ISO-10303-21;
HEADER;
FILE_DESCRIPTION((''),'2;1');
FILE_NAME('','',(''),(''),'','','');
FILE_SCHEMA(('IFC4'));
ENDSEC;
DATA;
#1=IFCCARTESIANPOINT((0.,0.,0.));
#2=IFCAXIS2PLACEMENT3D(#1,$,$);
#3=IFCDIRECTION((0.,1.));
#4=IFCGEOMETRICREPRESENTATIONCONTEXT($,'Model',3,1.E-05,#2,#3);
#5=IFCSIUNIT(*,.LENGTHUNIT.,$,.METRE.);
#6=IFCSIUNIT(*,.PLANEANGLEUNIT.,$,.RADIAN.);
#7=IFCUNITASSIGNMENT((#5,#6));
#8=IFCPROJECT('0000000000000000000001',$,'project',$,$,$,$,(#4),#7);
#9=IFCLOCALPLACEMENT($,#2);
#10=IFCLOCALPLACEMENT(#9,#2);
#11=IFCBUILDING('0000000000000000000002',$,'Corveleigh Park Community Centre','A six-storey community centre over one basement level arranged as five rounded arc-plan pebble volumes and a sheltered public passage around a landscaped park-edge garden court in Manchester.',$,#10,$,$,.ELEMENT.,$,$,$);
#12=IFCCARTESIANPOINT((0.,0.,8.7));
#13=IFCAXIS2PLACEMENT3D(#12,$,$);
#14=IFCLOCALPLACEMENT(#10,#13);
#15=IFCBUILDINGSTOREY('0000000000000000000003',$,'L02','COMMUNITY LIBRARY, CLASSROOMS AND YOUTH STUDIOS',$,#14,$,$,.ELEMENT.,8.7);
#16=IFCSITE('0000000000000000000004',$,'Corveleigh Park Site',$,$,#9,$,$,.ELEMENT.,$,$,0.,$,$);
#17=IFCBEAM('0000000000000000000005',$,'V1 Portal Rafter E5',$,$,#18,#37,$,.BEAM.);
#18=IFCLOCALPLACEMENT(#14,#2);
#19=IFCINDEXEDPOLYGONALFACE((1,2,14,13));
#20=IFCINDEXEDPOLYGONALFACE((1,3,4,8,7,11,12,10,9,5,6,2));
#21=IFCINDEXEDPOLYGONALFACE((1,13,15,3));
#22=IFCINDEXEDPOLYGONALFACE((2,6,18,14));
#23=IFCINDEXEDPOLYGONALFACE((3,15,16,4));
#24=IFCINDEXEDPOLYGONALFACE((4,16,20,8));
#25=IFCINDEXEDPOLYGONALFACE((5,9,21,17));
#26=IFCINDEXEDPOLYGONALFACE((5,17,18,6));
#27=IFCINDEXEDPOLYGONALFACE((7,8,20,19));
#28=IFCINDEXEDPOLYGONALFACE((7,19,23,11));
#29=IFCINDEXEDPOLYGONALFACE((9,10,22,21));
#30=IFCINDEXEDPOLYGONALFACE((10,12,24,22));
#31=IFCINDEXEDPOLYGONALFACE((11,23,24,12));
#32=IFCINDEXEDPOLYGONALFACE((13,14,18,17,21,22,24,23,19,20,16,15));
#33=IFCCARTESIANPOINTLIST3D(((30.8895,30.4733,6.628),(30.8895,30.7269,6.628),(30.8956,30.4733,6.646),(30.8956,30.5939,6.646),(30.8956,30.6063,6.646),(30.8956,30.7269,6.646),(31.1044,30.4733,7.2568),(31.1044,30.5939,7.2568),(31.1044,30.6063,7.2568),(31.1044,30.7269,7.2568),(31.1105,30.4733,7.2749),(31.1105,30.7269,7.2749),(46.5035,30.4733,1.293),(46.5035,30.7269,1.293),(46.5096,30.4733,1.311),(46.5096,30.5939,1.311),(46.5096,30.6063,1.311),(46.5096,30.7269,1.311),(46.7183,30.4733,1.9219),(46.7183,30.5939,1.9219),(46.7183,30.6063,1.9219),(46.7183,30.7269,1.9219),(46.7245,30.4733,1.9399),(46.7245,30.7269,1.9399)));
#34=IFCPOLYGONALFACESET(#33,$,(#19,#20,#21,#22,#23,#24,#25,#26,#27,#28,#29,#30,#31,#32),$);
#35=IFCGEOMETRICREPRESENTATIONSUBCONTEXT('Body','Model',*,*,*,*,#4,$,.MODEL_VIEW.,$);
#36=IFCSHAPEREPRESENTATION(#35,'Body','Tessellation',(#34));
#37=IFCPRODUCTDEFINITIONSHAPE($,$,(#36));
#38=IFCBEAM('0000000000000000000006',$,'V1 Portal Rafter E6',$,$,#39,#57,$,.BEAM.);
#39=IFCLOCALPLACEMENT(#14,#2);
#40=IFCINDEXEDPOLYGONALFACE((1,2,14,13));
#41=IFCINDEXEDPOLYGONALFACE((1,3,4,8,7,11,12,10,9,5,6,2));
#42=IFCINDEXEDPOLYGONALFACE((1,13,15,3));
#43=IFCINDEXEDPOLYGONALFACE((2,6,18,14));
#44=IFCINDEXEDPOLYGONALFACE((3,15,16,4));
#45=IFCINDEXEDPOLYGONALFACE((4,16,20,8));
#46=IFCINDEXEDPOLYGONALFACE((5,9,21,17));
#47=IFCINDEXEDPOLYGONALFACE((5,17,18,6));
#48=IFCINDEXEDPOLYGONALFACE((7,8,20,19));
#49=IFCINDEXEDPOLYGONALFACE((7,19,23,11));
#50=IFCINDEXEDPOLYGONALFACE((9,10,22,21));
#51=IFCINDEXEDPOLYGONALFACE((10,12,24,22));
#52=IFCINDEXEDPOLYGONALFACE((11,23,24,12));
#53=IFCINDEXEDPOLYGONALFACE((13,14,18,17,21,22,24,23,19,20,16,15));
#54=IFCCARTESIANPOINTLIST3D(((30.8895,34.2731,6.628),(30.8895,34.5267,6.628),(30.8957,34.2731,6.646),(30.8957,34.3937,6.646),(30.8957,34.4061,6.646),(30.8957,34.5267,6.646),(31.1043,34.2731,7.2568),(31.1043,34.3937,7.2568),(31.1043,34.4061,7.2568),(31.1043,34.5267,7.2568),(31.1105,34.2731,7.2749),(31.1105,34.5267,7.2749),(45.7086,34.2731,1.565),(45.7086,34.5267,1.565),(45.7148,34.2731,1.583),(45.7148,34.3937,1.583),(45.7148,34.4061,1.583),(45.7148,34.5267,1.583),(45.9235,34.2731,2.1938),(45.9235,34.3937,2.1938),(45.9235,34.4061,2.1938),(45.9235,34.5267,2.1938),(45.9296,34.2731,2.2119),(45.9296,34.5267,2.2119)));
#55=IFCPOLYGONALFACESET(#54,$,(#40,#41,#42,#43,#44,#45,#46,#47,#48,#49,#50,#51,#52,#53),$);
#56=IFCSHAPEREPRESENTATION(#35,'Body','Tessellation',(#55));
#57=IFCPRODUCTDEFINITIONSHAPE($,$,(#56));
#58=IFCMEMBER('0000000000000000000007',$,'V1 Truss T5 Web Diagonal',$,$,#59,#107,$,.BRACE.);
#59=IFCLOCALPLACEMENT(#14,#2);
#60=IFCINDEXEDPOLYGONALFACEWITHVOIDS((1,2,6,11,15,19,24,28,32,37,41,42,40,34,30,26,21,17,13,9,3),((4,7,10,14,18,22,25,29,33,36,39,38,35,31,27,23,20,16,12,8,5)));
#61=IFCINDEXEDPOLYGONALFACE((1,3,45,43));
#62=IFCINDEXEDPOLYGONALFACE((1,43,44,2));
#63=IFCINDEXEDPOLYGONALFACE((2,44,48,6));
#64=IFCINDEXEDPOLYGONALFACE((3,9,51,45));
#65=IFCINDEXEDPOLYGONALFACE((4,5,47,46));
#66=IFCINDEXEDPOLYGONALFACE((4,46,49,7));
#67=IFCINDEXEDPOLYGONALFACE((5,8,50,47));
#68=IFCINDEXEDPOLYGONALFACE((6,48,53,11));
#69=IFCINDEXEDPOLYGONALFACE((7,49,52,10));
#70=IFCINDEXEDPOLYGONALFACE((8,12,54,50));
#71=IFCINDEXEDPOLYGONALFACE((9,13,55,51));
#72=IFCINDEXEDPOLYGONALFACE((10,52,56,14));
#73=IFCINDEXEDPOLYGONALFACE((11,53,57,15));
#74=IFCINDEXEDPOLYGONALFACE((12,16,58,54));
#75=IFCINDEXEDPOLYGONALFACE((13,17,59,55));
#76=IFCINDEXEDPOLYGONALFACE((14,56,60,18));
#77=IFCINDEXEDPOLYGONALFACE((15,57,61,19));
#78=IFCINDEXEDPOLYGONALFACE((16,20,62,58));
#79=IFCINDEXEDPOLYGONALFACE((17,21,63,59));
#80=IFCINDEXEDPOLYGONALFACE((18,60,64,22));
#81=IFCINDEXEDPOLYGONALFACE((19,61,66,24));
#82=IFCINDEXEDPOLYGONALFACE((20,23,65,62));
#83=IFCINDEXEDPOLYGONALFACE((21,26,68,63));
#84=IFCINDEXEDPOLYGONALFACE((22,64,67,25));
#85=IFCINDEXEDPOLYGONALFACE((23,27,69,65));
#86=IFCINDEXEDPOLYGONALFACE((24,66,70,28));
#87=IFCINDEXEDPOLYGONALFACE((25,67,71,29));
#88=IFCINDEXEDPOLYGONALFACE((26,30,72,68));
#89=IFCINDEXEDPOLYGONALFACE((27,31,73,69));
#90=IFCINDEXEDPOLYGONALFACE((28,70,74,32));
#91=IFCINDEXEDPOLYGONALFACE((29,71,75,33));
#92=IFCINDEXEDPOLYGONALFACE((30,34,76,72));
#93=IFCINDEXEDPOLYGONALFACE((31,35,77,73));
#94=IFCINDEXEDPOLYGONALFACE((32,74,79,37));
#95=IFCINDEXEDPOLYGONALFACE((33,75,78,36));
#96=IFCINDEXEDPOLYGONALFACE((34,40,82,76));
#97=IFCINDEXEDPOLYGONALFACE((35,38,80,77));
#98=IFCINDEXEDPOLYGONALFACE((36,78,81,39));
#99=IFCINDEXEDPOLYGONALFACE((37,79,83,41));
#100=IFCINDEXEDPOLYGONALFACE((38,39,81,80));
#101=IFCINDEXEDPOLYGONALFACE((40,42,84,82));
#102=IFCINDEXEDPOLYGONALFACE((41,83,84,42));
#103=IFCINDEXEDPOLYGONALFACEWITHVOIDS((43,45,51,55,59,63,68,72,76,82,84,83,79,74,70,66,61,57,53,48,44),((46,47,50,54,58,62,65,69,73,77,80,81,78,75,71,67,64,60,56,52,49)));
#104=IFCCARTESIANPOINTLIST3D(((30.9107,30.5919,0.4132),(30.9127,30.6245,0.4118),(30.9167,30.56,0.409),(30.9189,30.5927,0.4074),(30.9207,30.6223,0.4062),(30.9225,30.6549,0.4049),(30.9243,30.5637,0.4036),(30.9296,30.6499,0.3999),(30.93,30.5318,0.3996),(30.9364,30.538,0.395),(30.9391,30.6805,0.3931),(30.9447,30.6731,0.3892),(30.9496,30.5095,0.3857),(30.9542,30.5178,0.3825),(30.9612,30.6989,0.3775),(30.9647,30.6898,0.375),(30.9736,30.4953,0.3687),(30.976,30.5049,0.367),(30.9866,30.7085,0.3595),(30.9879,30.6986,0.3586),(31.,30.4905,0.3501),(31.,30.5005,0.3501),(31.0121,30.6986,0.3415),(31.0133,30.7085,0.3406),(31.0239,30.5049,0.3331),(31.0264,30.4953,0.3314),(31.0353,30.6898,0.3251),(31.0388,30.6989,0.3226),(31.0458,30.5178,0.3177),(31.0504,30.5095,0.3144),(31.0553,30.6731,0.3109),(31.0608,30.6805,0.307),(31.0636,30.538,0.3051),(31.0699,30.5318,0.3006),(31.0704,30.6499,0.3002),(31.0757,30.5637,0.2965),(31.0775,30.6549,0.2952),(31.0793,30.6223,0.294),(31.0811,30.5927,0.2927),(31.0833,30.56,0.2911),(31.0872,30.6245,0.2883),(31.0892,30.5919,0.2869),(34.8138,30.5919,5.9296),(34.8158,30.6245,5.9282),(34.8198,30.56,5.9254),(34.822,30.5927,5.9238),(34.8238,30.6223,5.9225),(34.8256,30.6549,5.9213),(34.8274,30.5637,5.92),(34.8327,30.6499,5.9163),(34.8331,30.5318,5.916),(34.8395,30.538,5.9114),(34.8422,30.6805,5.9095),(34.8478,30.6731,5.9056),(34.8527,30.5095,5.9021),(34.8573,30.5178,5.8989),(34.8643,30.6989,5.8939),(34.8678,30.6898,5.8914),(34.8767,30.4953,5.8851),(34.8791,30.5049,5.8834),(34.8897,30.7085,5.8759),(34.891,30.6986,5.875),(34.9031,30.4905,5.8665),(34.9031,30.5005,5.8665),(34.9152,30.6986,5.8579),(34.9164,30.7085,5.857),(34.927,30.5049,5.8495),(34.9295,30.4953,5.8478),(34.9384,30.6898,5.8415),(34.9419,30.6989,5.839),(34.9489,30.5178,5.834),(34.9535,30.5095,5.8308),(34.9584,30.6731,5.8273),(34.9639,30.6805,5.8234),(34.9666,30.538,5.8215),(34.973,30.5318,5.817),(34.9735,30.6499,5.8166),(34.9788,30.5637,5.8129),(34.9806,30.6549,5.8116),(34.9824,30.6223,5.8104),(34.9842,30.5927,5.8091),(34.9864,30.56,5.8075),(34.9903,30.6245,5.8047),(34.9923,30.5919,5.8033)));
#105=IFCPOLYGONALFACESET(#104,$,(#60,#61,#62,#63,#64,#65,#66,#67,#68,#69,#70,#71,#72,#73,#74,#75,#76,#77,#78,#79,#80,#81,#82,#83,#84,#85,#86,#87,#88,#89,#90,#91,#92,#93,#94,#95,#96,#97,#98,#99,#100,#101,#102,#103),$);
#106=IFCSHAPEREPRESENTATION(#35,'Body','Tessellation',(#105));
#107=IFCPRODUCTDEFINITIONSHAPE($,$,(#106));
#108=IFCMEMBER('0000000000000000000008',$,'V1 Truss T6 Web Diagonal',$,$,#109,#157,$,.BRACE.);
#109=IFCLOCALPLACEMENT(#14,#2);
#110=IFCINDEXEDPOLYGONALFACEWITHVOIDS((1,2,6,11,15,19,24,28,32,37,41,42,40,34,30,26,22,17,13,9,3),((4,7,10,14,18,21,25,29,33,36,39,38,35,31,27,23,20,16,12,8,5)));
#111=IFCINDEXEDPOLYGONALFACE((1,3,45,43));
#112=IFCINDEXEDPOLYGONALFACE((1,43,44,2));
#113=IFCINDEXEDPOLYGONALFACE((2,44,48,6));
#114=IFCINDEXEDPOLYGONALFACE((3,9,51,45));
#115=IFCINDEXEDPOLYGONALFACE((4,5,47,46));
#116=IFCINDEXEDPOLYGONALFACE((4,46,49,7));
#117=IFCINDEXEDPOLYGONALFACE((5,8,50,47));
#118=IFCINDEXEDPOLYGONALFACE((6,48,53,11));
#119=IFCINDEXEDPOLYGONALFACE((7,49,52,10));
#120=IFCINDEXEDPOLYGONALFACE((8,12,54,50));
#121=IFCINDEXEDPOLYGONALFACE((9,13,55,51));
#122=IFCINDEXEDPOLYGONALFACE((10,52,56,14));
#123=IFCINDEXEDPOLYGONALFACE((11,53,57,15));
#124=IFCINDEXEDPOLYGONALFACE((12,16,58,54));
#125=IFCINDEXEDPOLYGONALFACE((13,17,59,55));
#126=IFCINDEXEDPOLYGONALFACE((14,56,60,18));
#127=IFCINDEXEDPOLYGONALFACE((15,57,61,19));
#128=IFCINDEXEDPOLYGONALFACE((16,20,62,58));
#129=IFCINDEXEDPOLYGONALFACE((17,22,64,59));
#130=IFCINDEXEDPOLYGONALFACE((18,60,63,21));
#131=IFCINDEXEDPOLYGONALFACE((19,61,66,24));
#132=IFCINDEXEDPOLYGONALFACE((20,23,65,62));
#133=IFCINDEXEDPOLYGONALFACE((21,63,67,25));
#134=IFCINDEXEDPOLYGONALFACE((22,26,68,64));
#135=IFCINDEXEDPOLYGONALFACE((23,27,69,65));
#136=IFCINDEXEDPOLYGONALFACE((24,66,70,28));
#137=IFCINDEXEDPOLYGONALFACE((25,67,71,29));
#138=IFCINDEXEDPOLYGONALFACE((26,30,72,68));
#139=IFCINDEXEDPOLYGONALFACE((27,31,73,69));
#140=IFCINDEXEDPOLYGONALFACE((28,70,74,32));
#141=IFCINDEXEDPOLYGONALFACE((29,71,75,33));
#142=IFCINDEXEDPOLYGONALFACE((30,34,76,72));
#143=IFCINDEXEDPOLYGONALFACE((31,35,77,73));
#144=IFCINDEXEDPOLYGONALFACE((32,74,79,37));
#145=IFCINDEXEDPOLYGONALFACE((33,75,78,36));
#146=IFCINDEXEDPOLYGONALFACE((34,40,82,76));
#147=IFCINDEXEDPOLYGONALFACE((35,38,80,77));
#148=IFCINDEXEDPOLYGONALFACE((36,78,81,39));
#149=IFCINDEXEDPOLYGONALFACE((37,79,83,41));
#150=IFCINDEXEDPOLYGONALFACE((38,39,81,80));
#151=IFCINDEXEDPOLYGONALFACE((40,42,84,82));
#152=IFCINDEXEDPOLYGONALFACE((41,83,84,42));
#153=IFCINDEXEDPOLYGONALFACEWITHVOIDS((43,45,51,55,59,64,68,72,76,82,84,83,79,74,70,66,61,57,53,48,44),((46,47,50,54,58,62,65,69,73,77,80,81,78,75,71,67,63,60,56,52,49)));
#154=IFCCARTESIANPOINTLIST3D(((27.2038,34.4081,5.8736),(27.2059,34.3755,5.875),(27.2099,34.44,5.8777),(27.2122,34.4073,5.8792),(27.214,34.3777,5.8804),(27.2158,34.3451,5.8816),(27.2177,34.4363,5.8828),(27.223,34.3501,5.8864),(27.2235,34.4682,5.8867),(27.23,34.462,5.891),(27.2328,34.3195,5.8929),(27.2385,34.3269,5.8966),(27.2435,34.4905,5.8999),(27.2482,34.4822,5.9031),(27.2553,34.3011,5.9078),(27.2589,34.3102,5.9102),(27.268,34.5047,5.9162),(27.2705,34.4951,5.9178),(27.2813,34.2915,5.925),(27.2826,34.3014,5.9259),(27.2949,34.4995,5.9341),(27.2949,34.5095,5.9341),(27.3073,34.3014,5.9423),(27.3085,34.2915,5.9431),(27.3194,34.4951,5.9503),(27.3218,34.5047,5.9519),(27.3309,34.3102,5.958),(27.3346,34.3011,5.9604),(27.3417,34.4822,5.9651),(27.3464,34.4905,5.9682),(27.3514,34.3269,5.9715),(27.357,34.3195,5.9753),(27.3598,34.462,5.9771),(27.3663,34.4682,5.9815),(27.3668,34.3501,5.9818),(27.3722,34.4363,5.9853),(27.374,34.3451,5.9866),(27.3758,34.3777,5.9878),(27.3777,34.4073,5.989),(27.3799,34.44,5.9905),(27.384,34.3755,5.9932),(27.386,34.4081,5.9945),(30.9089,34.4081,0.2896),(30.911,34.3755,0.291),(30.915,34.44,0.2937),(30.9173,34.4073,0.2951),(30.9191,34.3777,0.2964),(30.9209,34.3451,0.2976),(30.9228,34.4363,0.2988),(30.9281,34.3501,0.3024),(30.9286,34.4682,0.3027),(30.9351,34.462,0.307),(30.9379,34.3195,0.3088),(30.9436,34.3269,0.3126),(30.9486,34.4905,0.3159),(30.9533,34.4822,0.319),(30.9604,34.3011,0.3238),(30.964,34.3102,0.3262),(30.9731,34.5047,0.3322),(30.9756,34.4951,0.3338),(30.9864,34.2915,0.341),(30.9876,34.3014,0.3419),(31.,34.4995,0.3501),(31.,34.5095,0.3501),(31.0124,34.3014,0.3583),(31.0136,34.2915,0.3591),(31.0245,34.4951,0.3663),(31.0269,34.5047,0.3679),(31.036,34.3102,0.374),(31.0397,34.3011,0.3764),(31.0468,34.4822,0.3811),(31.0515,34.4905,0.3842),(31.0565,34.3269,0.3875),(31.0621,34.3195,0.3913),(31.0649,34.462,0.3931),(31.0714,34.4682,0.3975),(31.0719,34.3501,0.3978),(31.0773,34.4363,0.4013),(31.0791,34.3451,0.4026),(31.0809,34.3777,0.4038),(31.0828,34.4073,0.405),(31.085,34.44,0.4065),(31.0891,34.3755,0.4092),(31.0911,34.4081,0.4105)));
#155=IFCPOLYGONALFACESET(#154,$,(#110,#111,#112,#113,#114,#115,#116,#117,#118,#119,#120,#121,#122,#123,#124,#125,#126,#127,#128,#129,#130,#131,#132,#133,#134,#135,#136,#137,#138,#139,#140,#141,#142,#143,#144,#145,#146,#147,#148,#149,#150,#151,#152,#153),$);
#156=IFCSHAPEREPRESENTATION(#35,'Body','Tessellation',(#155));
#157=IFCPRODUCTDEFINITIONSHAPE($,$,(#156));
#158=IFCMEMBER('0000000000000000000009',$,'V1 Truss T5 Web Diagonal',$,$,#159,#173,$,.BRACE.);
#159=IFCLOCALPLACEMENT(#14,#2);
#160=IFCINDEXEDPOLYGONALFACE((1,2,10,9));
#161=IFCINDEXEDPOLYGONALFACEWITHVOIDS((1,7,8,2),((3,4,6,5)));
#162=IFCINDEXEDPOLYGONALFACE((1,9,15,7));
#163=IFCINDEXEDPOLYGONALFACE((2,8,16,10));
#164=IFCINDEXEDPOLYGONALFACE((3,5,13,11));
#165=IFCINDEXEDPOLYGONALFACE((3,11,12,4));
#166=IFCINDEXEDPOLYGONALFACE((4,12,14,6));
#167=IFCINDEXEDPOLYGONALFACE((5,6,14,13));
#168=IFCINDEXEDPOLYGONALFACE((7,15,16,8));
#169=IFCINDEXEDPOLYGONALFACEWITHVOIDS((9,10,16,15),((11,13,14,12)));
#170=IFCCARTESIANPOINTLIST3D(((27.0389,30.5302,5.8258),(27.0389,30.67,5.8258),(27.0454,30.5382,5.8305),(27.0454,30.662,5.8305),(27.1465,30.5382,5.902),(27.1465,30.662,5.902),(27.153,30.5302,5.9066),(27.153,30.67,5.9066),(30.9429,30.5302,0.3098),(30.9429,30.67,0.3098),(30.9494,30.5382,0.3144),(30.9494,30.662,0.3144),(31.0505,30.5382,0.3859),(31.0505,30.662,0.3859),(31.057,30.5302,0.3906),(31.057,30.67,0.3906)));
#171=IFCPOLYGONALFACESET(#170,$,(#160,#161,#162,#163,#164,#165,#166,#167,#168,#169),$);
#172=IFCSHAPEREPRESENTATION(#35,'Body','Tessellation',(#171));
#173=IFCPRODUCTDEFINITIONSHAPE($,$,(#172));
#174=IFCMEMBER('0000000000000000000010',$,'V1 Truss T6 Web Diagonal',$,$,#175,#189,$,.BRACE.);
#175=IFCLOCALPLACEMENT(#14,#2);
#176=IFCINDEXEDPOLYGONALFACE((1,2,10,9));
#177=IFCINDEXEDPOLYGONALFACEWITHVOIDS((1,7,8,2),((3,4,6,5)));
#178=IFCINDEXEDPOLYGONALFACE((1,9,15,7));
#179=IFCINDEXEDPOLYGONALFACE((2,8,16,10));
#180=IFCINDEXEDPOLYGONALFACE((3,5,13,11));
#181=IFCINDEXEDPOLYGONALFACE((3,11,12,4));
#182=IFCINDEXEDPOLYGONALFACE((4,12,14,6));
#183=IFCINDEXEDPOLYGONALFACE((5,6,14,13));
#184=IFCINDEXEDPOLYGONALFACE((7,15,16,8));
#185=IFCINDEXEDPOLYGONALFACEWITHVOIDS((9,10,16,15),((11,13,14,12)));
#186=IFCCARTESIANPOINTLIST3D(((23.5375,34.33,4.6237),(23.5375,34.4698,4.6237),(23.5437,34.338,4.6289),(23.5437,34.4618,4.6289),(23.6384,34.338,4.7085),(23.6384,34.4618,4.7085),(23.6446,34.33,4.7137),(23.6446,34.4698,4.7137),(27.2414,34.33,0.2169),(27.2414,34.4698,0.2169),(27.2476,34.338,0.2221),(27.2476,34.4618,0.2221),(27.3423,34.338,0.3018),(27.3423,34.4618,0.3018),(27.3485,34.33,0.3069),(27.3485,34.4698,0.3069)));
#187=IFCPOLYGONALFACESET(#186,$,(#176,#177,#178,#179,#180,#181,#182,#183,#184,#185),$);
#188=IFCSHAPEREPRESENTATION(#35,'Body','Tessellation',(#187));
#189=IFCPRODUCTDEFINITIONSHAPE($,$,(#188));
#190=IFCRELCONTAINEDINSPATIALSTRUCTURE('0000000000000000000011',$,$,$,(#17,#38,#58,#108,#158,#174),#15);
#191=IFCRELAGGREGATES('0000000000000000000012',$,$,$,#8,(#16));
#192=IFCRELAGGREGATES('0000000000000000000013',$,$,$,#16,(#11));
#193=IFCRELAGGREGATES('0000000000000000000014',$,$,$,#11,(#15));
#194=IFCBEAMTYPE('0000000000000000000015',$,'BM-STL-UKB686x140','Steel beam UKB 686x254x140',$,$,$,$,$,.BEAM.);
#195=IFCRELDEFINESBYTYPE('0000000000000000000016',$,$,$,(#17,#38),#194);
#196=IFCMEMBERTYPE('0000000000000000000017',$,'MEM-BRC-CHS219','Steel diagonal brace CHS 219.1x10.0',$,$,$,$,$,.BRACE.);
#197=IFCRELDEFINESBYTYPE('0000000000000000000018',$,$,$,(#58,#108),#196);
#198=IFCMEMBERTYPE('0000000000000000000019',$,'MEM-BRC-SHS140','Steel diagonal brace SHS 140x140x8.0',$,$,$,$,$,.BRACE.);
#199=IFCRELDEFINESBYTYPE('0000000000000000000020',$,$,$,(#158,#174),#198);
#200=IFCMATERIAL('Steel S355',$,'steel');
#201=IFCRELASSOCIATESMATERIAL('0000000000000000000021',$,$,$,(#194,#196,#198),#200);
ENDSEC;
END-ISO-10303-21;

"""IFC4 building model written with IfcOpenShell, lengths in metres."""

from ifc_helpers import new_model, si_unit, direction, frame, origin, origin_2d, place, context, subcontext, project, spatial, hollow_rectangle, hollow_circle, i_section, extrude, material, material_profile, profile_set, type_object, element, save


model = new_model("IFC4")

# Units and contexts
model_context = context("Model", 3, precision=1e-05, world=origin(), true_north=direction((0.0, 1.0)))
body_context = subcontext(model_context, "Body", "Model", "MODEL_VIEW")
ifc_project = project(units=[si_unit("LENGTHUNIT", "METRE"), si_unit("PLANEANGLEUNIT", "RADIAN")], contexts=[model_context])

# Site, building, storey
site_placement = place(None, origin())
site = spatial("IfcSite", under=ifc_project, at=site_placement, Name="Corveleigh Park Site", CompositionType="ELEMENT", RefElevation=0.0)
building_placement = place(site_placement, origin())
building = spatial("IfcBuilding", under=site, at=building_placement, Name="Corveleigh Park Community Centre", Description="A six-storey community centre over one basement level arranged as five rounded arc-plan pebble volumes and a sheltered public passage around a landscaped park-edge garden court in Manchester.", CompositionType="ELEMENT")
storey_placement = place(building_placement, frame((0.0, 0.0, 8.7)))
storey = spatial("IfcBuildingStorey", under=building, at=storey_placement, Name="L02", Description="COMMUNITY LIBRARY, CLASSROOMS AND YOUTH STUDIOS", CompositionType="ELEMENT", Elevation=8.7)

# Beams
ifc_material_1 = material(Name="Steel S355", Category="steel")
ifc_material_profile_1 = material_profile(ifc_material_1, i_section(OverallWidth=0.2537, OverallDepth=0.6836, WebThickness=0.0125, FlangeThickness=0.019, at=origin_2d()), Name="UKB 686x254x140", Category="steel")
ifc_profile_set_1 = profile_set([ifc_material_profile_1], Name="Steel S355")
beam_type = type_object("IfcBeamType", Name="BM-STL-UKB686x140", Description="Steel beam UKB 686x254x140", PredefinedType="BEAM", material=ifc_profile_set_1)
beam_1_placement = place(storey_placement, frame((31.0, 30.6001, 6.9514), z_axis=(0.946288, 0.0, -0.323325), x_axis=(0.0, 1.0, 0.0)))
element("IfcBeam", 1, at=beam_1_placement, inside=storey, type_object=beam_type, Name="V1 Portal Rafter E5", PredefinedType="BEAM", context=body_context, shape_type="SweptSolid", body=[
    extrude(i_section(OverallWidth=0.2537, OverallDepth=0.6836, WebThickness=0.0125, FlangeThickness=0.019, at=origin_2d()), origin(), (0.0, 0.0, 1.0), 16.5002),
])
beam_2_placement = place(storey_placement, frame((31.0, 34.3999, 6.9514), z_axis=(0.946295, 0.0, -0.323305), x_axis=(0.0, 1.0, 0.0)))
element("IfcBeam", 2, at=beam_2_placement, inside=storey, type_object=beam_type, Name="V1 Portal Rafter E6", PredefinedType="BEAM", context=body_context, shape_type="SweptSolid", body=[
    extrude(i_section(OverallWidth=0.2537, OverallDepth=0.6836, WebThickness=0.0125, FlangeThickness=0.019, at=origin_2d()), origin(), (0.0, 0.0, 1.0), 15.6602),
])

# Members
ifc_material_profile_2 = material_profile(ifc_material_1, hollow_circle(Radius=0.1096, WallThickness=0.01, at=origin_2d()), Name="CHS 219.1x10.0", Category="steel")
ifc_profile_set_2 = profile_set([ifc_material_profile_2], Name="Steel S355")
member_type_1 = type_object("IfcMemberType", Name="MEM-BRC-CHS219", Description="Steel diagonal brace CHS 219.1x10.0", PredefinedType="BRACE", material=ifc_profile_set_2)
member_1_placement = place(storey_placement, frame((34.9031, 30.6001, 5.8665), z_axis=(-0.577589, 0.0, -0.816328), x_axis=(0.0, -1.0, 0.0)))
element("IfcMember", 3, at=member_1_placement, inside=storey, type_object=member_type_1, Name="V1 Truss T5 Web Diagonal", PredefinedType="BRACE", context=body_context, shape_type="SweptSolid", body=[
    extrude(hollow_circle(Radius=0.1096, WallThickness=0.01, at=origin_2d()), origin(), (0.0, 0.0, 1.0), 6.7576),
])
member_2_placement = place(storey_placement, frame((27.2949, 34.3999, 5.9341), z_axis=(0.552883, 0.0, -0.833259), x_axis=(0.0, 1.0, 0.0)))
element("IfcMember", 4, at=member_2_placement, inside=storey, type_object=member_type_1, Name="V1 Truss T6 Web Diagonal", PredefinedType="BRACE", context=body_context, shape_type="SweptSolid", body=[
    extrude(hollow_circle(Radius=0.1096, WallThickness=0.01, at=origin_2d()), origin(), (0.0, 0.0, 1.0), 6.7014),
])
ifc_material_profile_3 = material_profile(ifc_material_1, hollow_rectangle(XDim=0.1399, YDim=0.1399, WallThickness=0.0081, at=origin_2d()), Name="SHS 140x140x8.0", Category="steel")
ifc_profile_set_3 = profile_set([ifc_material_profile_3], Name="Steel S355")
member_type_2 = type_object("IfcMemberType", Name="MEM-BRC-SHS140", Description="Steel diagonal brace SHS 140x140x8.0", PredefinedType="BRACE", material=ifc_profile_set_3)
member_3_placement = place(storey_placement, frame((27.0959, 30.6001, 5.8662), z_axis=(0.577703, 0.0, -0.816247), x_axis=(0.0, 1.0, 0.0)))
element("IfcMember", 5, at=member_3_placement, inside=storey, type_object=member_type_2, Name="V1 Truss T5 Web Diagonal", PredefinedType="BRACE", context=body_context, shape_type="SweptSolid", body=[
    extrude(hollow_rectangle(XDim=0.1399, YDim=0.1399, WallThickness=0.0081, at=origin_2d()), origin(), (0.0, 0.0, 1.0), 6.7578),
])
member_4_placement = place(storey_placement, frame((23.5911, 34.3999, 4.6687), z_axis=(0.643416, 0.0, -0.765517), x_axis=(0.0, 1.0, 0.0)))
element("IfcMember", 6, at=member_4_placement, inside=storey, type_object=member_type_2, Name="V1 Truss T6 Web Diagonal", PredefinedType="BRACE", context=body_context, shape_type="SweptSolid", body=[
    extrude(hollow_rectangle(XDim=0.1399, YDim=0.1399, WallThickness=0.0081, at=origin_2d()), origin(), (0.0, 0.0, 1.0), 5.7566),
])

save(model, "model.ifc")
